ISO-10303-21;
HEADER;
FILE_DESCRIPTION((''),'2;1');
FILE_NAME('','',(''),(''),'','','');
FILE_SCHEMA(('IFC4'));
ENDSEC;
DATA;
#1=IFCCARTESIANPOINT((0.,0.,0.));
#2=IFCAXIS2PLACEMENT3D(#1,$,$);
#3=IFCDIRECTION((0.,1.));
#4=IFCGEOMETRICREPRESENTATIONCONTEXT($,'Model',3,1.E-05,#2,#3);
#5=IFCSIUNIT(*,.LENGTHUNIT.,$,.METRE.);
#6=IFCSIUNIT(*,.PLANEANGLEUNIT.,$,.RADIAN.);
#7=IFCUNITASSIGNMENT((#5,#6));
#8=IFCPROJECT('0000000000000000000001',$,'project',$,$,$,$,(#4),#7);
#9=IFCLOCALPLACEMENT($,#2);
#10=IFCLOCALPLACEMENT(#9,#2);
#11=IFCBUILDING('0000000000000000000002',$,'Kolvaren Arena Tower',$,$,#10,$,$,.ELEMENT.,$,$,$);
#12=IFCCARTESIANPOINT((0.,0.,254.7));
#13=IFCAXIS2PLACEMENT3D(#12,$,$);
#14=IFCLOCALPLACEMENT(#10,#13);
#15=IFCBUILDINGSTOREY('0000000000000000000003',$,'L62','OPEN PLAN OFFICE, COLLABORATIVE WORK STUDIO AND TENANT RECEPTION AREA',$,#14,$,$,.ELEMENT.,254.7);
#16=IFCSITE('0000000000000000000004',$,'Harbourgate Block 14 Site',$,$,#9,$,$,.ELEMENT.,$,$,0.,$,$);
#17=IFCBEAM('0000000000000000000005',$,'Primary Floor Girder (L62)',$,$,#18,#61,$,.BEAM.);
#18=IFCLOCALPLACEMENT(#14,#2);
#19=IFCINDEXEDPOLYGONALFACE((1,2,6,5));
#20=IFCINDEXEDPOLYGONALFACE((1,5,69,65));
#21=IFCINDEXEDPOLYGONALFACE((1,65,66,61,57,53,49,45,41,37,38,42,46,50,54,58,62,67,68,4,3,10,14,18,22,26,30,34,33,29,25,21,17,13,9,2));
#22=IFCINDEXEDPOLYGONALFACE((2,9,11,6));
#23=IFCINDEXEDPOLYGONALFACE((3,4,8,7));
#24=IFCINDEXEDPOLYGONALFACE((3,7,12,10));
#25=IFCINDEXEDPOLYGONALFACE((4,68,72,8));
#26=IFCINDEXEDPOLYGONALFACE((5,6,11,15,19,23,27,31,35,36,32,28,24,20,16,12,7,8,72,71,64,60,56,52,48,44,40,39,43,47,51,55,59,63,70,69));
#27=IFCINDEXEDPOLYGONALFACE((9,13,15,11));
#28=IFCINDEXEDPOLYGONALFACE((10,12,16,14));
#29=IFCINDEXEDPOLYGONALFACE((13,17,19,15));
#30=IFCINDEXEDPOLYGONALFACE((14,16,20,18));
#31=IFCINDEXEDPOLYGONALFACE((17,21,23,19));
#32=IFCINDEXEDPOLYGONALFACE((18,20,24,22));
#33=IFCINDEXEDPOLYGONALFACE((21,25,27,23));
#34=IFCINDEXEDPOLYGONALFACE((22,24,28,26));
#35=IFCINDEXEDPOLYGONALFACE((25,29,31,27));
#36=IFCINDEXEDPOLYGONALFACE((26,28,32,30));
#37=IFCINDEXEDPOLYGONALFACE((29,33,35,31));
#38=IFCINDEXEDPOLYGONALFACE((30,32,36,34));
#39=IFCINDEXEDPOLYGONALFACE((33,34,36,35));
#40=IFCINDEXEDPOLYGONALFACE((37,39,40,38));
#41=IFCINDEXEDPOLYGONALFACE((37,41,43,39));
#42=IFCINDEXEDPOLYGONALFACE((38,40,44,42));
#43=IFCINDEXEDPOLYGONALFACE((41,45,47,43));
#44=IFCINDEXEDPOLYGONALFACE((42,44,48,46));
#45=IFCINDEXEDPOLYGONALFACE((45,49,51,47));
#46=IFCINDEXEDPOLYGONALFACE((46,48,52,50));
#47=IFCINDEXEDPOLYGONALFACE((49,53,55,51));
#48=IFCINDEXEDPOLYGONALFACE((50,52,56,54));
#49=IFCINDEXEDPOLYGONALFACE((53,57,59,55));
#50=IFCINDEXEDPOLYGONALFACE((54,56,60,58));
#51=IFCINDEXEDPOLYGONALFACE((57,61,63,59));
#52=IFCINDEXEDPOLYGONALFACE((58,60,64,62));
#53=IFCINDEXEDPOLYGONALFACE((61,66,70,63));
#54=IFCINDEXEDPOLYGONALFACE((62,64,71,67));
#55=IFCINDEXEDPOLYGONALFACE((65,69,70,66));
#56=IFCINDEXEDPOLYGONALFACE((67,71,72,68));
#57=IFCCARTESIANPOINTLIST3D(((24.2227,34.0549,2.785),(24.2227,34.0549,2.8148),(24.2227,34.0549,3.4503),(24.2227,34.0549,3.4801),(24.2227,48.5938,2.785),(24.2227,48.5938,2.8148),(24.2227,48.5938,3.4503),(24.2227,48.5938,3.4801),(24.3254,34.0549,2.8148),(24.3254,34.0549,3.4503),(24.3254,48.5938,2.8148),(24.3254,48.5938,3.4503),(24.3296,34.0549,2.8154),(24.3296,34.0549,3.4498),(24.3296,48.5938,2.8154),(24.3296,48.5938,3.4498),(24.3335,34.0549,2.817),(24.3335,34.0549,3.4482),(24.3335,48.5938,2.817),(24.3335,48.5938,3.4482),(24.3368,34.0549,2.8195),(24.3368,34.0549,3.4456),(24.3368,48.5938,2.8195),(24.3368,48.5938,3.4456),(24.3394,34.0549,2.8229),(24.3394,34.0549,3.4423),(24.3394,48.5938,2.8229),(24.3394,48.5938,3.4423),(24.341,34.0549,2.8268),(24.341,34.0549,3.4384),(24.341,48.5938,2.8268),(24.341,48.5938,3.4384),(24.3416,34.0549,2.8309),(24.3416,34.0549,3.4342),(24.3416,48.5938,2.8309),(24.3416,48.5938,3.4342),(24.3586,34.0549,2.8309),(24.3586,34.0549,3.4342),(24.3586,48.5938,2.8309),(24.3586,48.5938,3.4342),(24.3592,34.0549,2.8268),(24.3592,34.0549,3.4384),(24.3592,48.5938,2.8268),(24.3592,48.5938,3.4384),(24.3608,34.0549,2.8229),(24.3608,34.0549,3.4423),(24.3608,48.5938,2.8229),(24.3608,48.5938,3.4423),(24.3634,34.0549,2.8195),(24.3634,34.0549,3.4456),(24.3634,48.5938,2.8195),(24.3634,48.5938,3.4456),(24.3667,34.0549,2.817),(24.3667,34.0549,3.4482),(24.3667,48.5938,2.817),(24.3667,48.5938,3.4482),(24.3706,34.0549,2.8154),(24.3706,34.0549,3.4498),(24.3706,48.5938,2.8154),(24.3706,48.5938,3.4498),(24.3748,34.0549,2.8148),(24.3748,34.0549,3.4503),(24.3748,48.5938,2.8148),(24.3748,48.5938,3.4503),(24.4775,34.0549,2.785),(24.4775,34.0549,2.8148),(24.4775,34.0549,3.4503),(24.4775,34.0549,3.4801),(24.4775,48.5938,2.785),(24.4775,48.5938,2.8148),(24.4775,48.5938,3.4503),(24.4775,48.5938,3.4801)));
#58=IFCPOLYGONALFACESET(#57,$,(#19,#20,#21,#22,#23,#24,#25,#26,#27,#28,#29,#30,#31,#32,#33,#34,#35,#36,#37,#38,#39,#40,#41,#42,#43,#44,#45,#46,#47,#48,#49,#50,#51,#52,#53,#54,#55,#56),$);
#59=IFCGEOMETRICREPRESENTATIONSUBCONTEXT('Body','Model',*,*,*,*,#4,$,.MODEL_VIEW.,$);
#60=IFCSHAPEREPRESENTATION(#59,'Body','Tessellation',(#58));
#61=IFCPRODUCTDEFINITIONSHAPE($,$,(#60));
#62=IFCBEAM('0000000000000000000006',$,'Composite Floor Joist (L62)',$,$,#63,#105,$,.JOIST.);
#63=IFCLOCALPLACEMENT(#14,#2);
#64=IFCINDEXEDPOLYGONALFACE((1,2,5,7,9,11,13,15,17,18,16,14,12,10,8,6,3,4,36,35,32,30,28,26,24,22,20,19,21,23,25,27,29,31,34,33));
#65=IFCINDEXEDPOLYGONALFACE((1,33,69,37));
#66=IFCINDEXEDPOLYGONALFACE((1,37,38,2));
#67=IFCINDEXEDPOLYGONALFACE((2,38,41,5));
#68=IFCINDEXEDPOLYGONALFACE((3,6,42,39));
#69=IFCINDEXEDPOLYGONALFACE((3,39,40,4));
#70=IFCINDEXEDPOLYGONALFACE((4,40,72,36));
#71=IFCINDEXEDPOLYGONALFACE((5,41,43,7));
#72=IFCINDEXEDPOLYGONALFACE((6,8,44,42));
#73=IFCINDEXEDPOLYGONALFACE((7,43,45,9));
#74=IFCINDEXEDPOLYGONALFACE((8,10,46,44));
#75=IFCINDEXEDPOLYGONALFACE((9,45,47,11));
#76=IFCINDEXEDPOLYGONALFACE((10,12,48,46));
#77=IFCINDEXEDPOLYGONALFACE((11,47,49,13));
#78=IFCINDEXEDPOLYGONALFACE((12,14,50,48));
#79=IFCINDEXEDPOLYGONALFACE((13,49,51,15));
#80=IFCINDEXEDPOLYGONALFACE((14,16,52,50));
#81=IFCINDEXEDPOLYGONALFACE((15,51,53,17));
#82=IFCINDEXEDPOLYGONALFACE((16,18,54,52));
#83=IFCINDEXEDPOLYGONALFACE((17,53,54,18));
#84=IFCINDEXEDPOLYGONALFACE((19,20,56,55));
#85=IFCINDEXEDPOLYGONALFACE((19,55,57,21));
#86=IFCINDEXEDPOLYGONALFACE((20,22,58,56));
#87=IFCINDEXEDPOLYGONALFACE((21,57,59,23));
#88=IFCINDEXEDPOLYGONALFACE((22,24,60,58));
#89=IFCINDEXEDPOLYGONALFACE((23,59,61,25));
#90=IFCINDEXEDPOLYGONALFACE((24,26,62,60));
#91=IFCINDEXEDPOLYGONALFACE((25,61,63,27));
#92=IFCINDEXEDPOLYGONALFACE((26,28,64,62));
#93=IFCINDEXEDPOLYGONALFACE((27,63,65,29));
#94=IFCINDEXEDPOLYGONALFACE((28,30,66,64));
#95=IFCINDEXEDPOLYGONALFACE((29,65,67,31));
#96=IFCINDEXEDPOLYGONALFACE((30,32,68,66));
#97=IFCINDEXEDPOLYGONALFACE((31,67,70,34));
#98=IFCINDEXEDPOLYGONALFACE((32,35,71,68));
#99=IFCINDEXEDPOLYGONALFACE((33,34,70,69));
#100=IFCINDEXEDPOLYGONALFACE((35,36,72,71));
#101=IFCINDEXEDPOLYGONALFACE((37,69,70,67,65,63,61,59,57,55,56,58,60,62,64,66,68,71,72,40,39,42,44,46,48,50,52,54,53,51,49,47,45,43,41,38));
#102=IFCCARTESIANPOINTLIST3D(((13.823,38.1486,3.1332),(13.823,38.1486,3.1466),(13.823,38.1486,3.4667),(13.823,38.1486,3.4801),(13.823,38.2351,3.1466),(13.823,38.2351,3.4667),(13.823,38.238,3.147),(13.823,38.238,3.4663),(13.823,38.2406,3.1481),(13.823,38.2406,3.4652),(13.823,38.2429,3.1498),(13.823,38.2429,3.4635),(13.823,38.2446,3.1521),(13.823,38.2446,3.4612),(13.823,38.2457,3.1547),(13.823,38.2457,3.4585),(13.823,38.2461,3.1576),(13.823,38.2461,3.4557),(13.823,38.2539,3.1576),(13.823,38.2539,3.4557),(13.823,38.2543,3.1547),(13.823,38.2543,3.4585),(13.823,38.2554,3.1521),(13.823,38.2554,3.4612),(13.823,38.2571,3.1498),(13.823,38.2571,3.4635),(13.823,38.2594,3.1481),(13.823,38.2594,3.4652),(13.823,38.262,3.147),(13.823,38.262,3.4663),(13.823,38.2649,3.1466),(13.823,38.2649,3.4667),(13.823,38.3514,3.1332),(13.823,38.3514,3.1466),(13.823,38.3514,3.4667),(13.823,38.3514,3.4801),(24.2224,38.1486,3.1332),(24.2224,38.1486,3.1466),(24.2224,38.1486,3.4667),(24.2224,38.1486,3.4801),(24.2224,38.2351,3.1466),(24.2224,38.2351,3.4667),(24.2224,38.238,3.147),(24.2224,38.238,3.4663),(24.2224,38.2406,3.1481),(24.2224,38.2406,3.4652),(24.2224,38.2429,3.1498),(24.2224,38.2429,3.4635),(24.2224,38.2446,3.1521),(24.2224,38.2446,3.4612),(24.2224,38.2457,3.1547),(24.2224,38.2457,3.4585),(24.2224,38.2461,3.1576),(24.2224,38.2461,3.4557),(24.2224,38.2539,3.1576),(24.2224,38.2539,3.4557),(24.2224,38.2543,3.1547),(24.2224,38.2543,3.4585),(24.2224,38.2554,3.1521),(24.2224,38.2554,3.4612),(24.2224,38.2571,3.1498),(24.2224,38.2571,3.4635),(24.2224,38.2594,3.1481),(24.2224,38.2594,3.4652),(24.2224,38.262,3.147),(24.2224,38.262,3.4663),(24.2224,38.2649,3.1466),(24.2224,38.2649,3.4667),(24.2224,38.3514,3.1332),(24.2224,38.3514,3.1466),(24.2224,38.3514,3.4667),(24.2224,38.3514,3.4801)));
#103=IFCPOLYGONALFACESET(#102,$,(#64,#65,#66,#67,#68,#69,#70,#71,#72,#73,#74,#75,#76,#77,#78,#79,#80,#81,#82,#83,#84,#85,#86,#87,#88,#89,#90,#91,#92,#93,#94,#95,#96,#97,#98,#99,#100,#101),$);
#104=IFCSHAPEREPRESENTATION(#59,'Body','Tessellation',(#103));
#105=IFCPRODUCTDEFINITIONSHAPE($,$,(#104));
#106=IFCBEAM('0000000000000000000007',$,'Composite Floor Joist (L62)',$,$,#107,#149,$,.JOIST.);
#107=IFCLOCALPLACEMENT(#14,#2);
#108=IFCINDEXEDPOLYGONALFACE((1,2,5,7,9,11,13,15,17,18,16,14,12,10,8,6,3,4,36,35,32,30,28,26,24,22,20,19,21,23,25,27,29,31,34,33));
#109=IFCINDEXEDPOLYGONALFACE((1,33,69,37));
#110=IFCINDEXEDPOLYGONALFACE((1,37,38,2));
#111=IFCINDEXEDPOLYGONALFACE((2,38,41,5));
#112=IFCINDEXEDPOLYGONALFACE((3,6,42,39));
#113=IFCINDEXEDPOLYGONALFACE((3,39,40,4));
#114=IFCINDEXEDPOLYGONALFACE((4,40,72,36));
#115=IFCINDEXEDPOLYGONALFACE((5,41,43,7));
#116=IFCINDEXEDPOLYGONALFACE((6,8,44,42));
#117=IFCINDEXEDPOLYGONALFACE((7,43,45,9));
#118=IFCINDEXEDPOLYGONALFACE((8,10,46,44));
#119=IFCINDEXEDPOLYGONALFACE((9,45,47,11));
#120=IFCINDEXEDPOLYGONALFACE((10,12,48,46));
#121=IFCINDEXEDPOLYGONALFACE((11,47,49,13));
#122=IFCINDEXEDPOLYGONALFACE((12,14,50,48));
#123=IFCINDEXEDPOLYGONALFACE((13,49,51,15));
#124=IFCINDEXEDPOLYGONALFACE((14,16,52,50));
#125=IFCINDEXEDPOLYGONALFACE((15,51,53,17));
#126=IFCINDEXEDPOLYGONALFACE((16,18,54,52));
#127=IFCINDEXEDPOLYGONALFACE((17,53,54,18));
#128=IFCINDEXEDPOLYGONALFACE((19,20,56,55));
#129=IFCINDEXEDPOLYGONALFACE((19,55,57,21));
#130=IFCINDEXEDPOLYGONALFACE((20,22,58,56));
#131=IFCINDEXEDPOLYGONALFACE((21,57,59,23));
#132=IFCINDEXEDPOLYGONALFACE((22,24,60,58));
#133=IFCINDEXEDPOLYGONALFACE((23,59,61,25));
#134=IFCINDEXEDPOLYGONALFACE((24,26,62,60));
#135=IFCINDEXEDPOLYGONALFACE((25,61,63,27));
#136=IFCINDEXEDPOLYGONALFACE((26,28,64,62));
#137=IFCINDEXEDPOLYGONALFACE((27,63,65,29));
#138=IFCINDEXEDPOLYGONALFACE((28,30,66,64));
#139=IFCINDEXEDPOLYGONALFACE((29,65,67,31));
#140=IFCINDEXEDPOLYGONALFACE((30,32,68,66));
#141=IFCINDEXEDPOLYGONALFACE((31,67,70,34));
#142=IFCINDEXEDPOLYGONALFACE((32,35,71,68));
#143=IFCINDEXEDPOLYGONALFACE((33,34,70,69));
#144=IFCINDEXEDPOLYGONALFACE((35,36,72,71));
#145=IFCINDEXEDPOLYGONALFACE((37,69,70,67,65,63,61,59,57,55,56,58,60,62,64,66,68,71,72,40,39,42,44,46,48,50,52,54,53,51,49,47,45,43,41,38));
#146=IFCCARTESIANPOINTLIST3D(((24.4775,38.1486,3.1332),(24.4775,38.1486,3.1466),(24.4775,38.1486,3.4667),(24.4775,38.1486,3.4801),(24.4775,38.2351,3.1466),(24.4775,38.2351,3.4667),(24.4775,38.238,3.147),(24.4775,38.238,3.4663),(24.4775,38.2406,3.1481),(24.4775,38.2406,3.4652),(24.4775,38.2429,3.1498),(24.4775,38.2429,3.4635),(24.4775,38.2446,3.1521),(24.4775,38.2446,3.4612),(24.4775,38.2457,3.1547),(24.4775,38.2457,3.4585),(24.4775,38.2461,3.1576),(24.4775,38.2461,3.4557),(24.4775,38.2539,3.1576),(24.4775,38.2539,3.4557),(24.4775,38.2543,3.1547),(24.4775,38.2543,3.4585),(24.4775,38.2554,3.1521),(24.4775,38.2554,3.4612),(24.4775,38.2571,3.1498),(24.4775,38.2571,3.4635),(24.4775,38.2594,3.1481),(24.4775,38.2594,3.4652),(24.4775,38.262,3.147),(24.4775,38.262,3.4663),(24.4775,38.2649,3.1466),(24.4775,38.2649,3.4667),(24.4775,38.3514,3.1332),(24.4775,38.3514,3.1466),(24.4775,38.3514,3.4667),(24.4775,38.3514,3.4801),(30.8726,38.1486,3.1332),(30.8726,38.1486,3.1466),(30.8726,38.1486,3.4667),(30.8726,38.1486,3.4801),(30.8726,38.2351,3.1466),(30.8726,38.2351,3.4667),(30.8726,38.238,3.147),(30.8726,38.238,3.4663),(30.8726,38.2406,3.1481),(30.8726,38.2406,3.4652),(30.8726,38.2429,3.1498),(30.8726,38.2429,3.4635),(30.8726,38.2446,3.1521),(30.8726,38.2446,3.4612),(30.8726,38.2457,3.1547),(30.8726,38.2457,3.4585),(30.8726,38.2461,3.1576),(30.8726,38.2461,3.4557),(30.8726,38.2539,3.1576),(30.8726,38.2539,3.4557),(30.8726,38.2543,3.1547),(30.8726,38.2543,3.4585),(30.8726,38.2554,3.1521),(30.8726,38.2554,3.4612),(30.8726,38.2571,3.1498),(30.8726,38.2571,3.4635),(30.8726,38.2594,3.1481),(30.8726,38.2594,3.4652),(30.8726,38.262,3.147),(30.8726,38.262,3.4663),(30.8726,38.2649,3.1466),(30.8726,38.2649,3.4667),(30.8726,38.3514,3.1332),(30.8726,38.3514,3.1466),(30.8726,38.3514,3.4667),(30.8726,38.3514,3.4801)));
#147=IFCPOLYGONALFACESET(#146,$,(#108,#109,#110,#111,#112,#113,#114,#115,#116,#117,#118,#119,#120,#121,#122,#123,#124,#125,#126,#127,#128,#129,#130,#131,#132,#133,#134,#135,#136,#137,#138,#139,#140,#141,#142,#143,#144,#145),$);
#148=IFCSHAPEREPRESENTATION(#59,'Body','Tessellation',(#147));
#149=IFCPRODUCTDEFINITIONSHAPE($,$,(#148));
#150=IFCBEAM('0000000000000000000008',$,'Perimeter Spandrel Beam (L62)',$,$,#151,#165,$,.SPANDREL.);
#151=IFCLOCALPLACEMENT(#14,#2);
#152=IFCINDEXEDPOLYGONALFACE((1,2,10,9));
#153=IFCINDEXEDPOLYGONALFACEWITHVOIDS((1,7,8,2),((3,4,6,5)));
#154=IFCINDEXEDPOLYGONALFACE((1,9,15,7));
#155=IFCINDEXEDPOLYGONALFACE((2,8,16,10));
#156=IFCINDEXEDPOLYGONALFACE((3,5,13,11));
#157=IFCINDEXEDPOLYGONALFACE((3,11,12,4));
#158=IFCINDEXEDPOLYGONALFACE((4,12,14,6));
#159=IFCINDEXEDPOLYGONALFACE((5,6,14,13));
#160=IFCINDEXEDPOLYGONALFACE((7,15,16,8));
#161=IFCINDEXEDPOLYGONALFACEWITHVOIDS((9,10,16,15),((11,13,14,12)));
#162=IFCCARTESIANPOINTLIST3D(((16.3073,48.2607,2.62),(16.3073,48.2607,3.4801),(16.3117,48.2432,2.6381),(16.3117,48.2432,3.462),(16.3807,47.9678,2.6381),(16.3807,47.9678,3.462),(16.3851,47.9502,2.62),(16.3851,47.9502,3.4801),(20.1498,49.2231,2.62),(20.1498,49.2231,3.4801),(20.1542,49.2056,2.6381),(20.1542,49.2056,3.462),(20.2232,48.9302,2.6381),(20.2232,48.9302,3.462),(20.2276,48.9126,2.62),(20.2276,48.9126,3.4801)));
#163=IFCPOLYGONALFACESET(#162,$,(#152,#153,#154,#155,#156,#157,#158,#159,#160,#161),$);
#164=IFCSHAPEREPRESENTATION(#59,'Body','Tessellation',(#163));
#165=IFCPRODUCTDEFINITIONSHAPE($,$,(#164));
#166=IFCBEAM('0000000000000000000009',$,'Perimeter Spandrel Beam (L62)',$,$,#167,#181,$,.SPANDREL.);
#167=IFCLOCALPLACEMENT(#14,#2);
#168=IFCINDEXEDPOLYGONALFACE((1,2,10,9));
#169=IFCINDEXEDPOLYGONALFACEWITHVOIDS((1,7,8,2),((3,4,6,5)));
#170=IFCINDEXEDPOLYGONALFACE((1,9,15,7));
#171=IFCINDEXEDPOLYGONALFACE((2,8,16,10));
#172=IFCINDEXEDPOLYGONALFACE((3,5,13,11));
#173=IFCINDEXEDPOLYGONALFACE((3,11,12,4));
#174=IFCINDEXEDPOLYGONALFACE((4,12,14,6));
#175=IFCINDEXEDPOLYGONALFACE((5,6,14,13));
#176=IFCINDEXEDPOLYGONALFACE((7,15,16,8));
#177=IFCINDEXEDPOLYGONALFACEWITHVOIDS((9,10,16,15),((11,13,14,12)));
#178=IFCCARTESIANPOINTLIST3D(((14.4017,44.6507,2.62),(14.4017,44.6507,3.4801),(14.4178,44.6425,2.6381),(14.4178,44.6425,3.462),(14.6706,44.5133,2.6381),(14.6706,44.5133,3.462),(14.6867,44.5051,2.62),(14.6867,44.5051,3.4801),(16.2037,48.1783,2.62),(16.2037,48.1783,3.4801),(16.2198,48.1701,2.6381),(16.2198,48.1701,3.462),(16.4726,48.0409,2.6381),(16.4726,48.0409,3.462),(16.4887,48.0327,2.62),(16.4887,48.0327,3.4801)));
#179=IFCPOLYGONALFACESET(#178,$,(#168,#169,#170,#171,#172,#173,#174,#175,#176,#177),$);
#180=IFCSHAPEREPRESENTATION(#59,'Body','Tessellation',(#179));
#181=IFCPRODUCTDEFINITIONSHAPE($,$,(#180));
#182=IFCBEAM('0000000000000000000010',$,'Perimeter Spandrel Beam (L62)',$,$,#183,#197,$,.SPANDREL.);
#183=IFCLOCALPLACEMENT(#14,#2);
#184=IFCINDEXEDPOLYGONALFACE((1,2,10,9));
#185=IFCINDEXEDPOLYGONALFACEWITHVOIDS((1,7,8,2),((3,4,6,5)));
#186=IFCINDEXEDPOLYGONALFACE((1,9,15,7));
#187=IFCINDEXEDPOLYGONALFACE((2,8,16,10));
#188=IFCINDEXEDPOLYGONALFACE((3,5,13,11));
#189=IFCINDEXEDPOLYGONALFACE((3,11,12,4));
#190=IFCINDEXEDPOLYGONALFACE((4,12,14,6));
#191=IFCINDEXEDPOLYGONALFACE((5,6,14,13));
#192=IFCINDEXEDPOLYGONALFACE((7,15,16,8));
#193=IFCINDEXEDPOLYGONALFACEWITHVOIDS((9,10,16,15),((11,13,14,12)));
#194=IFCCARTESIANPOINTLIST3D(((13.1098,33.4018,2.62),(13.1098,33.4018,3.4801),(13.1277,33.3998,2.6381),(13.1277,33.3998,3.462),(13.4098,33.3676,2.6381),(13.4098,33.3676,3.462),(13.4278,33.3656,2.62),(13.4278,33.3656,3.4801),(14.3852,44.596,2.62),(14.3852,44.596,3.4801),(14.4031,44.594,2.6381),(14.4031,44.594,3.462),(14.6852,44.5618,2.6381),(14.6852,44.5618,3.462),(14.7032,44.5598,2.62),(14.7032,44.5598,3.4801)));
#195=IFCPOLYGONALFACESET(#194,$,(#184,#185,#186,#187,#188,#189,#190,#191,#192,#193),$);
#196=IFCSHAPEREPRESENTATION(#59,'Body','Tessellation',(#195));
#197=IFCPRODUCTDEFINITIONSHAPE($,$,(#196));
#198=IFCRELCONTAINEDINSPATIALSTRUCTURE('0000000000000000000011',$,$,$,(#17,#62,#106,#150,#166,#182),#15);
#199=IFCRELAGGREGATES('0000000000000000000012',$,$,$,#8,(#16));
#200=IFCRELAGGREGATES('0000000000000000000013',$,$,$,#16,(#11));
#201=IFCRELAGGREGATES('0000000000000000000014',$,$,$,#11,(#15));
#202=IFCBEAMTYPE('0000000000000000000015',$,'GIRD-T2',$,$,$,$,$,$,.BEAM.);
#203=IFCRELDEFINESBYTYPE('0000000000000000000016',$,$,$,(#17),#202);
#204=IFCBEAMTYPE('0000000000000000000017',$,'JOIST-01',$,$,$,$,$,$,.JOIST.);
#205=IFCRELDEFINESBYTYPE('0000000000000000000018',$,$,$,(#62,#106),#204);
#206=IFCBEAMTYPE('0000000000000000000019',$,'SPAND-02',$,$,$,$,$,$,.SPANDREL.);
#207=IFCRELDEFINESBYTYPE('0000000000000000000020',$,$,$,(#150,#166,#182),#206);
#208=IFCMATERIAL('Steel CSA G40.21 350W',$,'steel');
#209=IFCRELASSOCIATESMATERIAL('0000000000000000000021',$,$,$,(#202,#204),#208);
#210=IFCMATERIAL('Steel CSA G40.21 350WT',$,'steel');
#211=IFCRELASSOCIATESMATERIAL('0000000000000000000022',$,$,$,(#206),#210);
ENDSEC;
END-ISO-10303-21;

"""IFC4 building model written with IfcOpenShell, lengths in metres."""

from ifc_helpers import new_model, si_unit, direction, frame, origin, origin_2d, place, context, subcontext, project, spatial, hollow_rectangle, i_section, extrude, material, material_profile, profile_set, type_object, element, save


model = new_model("IFC4")

# Units and contexts
model_context = context("Model", 3, precision=1e-05, world=origin(), true_north=direction((0.0, 1.0)))
body_context = subcontext(model_context, "Body", "Model", "MODEL_VIEW")
ifc_project = project(units=[si_unit("LENGTHUNIT", "METRE"), si_unit("PLANEANGLEUNIT", "RADIAN")], contexts=[model_context])

# Site, building, storey
site_placement = place(None, origin())
site = spatial("IfcSite", under=ifc_project, at=site_placement, Name="Harbourgate Block 14 Site", CompositionType="ELEMENT", RefElevation=0.0)
building_placement = place(site_placement, origin())
building = spatial("IfcBuilding", under=site, at=building_placement, Name="Kolvaren Arena Tower", CompositionType="ELEMENT")
storey_placement = place(building_placement, frame((0.0, 0.0, 254.7)))
storey = spatial("IfcBuildingStorey", under=building, at=storey_placement, Name="L62", Description="OPEN PLAN OFFICE, COLLABORATIVE WORK STUDIO AND TENANT RECEPTION AREA", CompositionType="ELEMENT", Elevation=254.7)

# Beams
ifc_material_1 = material(Name="Steel CSA G40.21 350W", Category="steel")
ifc_material_profile_1 = material_profile(ifc_material_1, i_section(OverallWidth=0.2549, OverallDepth=0.6951, WebThickness=0.0171, FlangeThickness=0.0298, FilletRadius=0.0161, at=origin_2d()), Name="W690x217")
ifc_profile_set_1 = profile_set([ifc_material_profile_1], Name="Steel CSA G40.21 350W")
beam_type_1 = type_object("IfcBeamType", Name="GIRD-T2", PredefinedType="BEAM", material=ifc_profile_set_1)
beam_1_placement = place(storey_placement, frame((24.3501, 34.0549, 3.1326), z_axis=(0.0, 1.0, 0.0), x_axis=(-1.0, 0.0, 0.0)))
element("IfcBeam", 1, at=beam_1_placement, inside=storey, type_object=beam_type_1, Name="Primary Floor Girder (L62)", PredefinedType="BEAM", context=body_context, shape_type="SweptSolid", body=[
    extrude(i_section(OverallWidth=0.2549, OverallDepth=0.6951, WebThickness=0.0171, FlangeThickness=0.0298, FilletRadius=0.0161, at=origin_2d()), origin(), (0.0, 0.0, 1.0), 14.5388),
])
ifc_material_profile_2 = material_profile(ifc_material_1, i_section(OverallWidth=0.2029, OverallDepth=0.3469, WebThickness=0.0078, FlangeThickness=0.0134, FilletRadius=0.011, at=origin_2d()), Name="W360x64")
ifc_profile_set_2 = profile_set([ifc_material_profile_2], Name="Steel CSA G40.21 350W")
beam_type_2 = type_object("IfcBeamType", Name="JOIST-01", PredefinedType="JOIST", material=ifc_profile_set_2)
beam_2_placement = place(storey_placement, frame((13.823, 38.25, 3.3066), z_axis=(1.0, 0.0, 0.0), x_axis=(0.0, 1.0, 0.0)))
element("IfcBeam", 2, at=beam_2_placement, inside=storey, type_object=beam_type_2, Name="Composite Floor Joist (L62)", PredefinedType="JOIST", context=body_context, shape_type="SweptSolid", body=[
    extrude(i_section(OverallWidth=0.2029, OverallDepth=0.3469, WebThickness=0.0078, FlangeThickness=0.0134, FilletRadius=0.011, at=origin_2d()), origin(), (0.0, 0.0, 1.0), 10.3994),
])
beam_3_placement = place(storey_placement, frame((24.4775, 38.25, 3.3066), z_axis=(1.0, 0.0, 0.0), x_axis=(0.0, 1.0, 0.0)))
element("IfcBeam", 3, at=beam_3_placement, inside=storey, type_object=beam_type_2, Name="Composite Floor Joist (L62)", PredefinedType="JOIST", context=body_context, shape_type="SweptSolid", body=[
    extrude(i_section(OverallWidth=0.2029, OverallDepth=0.3469, WebThickness=0.0078, FlangeThickness=0.0134, FilletRadius=0.011, at=origin_2d()), origin(), (0.0, 0.0, 1.0), 6.395),
])
ifc_material_2 = material(Name="Steel CSA G40.21 350WT", Category="steel")
ifc_material_profile_3 = material_profile(ifc_material_2, hollow_rectangle(XDim=0.3201, YDim=0.8601, WallThickness=0.0181, at=origin_2d()), Name="HSS 860x320x18")
ifc_profile_set_3 = profile_set([ifc_material_profile_3], Name="Steel CSA G40.21 350WT")
beam_type_3 = type_object("IfcBeamType", Name="SPAND-02", PredefinedType="SPANDREL", material=ifc_profile_set_3)
for number, where, z_axis, x_axis, name in (
    (4, (20.1887, 49.0679, 3.05), (-0.970037, -0.242956, 0.0), (0.242956, -0.970037, 0.0), "Perimeter Spandrel Beam (L62)"),
    (5, (16.3462, 48.1055, 3.05), (-0.454913, -0.890536, 0.0), (0.890536, -0.454913, 0.0), "Perimeter Spandrel Beam (L62)"),
):
    element("IfcBeam", number, at=place(storey_placement, frame(where, z_axis=z_axis, x_axis=x_axis)), inside=storey, type_object=beam_type_3, Name=name, PredefinedType="SPANDREL", context=body_context, shape_type="SweptSolid", body=[
        extrude(hollow_rectangle(XDim=0.3201, YDim=0.8601, WallThickness=0.0181, at=origin_2d()), origin(), (0.0, 0.0, 1.0), 3.9612),
    ])
beam_4_placement = place(storey_placement, frame((14.5442, 44.5779, 3.05), z_axis=(-0.113202, -0.993572, 0.0), x_axis=(0.993572, -0.113202, 0.0)))
element("IfcBeam", 6, at=beam_4_placement, inside=storey, type_object=beam_type_3, Name="Perimeter Spandrel Beam (L62)", PredefinedType="SPANDREL", context=body_context, shape_type="SweptSolid", body=[
    extrude(hollow_rectangle(XDim=0.3201, YDim=0.8601, WallThickness=0.0181, at=origin_2d()), origin(), (0.0, 0.0, 1.0), 11.2666),
])

save(model, "model.ifc")
